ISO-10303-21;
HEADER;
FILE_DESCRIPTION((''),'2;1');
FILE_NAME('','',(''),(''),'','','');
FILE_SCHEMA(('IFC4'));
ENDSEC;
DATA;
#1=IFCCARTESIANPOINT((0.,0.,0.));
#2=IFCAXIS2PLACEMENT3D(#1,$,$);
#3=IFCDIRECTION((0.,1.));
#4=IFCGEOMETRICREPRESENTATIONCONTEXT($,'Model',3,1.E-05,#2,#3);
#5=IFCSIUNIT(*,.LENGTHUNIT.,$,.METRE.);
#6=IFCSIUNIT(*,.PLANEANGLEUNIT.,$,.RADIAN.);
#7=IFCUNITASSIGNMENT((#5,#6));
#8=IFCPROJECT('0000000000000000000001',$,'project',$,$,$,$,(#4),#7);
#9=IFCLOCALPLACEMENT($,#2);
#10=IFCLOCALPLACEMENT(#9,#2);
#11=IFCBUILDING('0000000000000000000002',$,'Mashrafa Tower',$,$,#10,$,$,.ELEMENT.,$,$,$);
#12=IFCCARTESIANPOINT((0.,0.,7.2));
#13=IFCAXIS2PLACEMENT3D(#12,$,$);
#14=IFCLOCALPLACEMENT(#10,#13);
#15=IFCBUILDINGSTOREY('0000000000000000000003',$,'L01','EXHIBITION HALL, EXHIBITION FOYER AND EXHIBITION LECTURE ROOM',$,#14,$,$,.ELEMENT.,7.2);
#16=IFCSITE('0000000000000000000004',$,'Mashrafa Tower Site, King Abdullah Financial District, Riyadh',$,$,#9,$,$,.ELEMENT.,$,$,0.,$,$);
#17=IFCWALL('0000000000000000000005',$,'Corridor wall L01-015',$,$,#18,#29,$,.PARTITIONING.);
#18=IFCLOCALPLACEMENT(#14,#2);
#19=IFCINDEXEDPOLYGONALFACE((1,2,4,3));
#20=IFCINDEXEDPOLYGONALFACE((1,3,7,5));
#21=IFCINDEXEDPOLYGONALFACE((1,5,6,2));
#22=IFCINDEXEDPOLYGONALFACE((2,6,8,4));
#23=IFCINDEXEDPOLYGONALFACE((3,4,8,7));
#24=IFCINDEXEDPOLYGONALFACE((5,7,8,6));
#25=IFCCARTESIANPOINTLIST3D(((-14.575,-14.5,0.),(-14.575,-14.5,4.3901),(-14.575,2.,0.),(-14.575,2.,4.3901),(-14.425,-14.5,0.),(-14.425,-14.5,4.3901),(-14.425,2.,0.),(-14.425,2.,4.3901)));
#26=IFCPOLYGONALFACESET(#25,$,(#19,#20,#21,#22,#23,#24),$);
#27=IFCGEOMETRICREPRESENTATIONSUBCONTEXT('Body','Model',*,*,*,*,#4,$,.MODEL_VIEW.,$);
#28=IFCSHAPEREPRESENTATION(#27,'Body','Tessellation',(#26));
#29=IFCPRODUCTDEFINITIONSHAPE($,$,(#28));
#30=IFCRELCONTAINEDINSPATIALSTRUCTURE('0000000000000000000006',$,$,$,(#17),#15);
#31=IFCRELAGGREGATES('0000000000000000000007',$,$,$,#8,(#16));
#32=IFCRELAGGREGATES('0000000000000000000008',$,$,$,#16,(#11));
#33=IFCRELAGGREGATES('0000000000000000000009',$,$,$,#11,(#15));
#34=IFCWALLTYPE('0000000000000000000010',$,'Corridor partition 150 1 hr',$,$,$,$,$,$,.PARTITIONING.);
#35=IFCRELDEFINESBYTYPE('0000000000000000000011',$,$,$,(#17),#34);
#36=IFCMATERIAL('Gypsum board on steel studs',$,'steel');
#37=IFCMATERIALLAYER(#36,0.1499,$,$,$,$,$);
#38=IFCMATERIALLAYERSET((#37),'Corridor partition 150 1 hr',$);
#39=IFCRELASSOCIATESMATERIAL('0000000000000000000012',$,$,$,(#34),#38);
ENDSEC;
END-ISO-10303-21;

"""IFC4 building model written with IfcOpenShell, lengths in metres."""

from ifc_helpers import new_model, si_unit, direction, frame, frame_2d, origin, place, context, subcontext, project, spatial, rectangle, extrude, material, layer, layer_set, type_object, element, save


model = new_model("IFC4")

# Units and contexts
model_context = context("Model", 3, precision=1e-05, world=origin(), true_north=direction((0.0, 1.0)))
body_context = subcontext(model_context, "Body", "Model", "MODEL_VIEW")
ifc_project = project(units=[si_unit("LENGTHUNIT", "METRE"), si_unit("PLANEANGLEUNIT", "RADIAN")], contexts=[model_context])

# Site, building, storey
site_placement = place(None, origin())
site = spatial("IfcSite", under=ifc_project, at=site_placement, Name="Mashrafa Tower Site, King Abdullah Financial District, Riyadh", CompositionType="ELEMENT", RefElevation=0.0)
building_placement = place(site_placement, origin())
building = spatial("IfcBuilding", under=site, at=building_placement, Name="Mashrafa Tower", CompositionType="ELEMENT")
storey_placement = place(building_placement, frame((0.0, 0.0, 7.2)))
storey = spatial("IfcBuildingStorey", under=building, at=storey_placement, Name="L01", Description="EXHIBITION HALL, EXHIBITION FOYER AND EXHIBITION LECTURE ROOM", CompositionType="ELEMENT", Elevation=7.2)

# Wall
ifc_material_1 = material(Name="Gypsum board on steel studs", Category="steel")
ifc_layer = layer(ifc_material_1, 0.1499)
ifc_layer_set = layer_set([ifc_layer], Name="Corridor partition 150 1 hr")
wall_type = type_object("IfcWallType", Name="Corridor partition 150 1 hr", PredefinedType="PARTITIONING", material=ifc_layer_set)
wall_placement = place(storey_placement, frame((-14.5, -14.5, 0.0), z_axis=(0.0, 0.0, 1.0), x_axis=(0.0, 1.0, 0.0)))
element("IfcWall", 1, at=wall_placement, inside=storey, type_object=wall_type, Name="Corridor wall L01-015", PredefinedType="PARTITIONING", context=body_context, shape_type="SweptSolid", body=[
    extrude(rectangle(XDim=16.5, YDim=0.1499, at=frame_2d((8.25, 0.0))), origin(), (0.0, 0.0, 1.0), 4.3901),
])

save(model, "model.ifc")
